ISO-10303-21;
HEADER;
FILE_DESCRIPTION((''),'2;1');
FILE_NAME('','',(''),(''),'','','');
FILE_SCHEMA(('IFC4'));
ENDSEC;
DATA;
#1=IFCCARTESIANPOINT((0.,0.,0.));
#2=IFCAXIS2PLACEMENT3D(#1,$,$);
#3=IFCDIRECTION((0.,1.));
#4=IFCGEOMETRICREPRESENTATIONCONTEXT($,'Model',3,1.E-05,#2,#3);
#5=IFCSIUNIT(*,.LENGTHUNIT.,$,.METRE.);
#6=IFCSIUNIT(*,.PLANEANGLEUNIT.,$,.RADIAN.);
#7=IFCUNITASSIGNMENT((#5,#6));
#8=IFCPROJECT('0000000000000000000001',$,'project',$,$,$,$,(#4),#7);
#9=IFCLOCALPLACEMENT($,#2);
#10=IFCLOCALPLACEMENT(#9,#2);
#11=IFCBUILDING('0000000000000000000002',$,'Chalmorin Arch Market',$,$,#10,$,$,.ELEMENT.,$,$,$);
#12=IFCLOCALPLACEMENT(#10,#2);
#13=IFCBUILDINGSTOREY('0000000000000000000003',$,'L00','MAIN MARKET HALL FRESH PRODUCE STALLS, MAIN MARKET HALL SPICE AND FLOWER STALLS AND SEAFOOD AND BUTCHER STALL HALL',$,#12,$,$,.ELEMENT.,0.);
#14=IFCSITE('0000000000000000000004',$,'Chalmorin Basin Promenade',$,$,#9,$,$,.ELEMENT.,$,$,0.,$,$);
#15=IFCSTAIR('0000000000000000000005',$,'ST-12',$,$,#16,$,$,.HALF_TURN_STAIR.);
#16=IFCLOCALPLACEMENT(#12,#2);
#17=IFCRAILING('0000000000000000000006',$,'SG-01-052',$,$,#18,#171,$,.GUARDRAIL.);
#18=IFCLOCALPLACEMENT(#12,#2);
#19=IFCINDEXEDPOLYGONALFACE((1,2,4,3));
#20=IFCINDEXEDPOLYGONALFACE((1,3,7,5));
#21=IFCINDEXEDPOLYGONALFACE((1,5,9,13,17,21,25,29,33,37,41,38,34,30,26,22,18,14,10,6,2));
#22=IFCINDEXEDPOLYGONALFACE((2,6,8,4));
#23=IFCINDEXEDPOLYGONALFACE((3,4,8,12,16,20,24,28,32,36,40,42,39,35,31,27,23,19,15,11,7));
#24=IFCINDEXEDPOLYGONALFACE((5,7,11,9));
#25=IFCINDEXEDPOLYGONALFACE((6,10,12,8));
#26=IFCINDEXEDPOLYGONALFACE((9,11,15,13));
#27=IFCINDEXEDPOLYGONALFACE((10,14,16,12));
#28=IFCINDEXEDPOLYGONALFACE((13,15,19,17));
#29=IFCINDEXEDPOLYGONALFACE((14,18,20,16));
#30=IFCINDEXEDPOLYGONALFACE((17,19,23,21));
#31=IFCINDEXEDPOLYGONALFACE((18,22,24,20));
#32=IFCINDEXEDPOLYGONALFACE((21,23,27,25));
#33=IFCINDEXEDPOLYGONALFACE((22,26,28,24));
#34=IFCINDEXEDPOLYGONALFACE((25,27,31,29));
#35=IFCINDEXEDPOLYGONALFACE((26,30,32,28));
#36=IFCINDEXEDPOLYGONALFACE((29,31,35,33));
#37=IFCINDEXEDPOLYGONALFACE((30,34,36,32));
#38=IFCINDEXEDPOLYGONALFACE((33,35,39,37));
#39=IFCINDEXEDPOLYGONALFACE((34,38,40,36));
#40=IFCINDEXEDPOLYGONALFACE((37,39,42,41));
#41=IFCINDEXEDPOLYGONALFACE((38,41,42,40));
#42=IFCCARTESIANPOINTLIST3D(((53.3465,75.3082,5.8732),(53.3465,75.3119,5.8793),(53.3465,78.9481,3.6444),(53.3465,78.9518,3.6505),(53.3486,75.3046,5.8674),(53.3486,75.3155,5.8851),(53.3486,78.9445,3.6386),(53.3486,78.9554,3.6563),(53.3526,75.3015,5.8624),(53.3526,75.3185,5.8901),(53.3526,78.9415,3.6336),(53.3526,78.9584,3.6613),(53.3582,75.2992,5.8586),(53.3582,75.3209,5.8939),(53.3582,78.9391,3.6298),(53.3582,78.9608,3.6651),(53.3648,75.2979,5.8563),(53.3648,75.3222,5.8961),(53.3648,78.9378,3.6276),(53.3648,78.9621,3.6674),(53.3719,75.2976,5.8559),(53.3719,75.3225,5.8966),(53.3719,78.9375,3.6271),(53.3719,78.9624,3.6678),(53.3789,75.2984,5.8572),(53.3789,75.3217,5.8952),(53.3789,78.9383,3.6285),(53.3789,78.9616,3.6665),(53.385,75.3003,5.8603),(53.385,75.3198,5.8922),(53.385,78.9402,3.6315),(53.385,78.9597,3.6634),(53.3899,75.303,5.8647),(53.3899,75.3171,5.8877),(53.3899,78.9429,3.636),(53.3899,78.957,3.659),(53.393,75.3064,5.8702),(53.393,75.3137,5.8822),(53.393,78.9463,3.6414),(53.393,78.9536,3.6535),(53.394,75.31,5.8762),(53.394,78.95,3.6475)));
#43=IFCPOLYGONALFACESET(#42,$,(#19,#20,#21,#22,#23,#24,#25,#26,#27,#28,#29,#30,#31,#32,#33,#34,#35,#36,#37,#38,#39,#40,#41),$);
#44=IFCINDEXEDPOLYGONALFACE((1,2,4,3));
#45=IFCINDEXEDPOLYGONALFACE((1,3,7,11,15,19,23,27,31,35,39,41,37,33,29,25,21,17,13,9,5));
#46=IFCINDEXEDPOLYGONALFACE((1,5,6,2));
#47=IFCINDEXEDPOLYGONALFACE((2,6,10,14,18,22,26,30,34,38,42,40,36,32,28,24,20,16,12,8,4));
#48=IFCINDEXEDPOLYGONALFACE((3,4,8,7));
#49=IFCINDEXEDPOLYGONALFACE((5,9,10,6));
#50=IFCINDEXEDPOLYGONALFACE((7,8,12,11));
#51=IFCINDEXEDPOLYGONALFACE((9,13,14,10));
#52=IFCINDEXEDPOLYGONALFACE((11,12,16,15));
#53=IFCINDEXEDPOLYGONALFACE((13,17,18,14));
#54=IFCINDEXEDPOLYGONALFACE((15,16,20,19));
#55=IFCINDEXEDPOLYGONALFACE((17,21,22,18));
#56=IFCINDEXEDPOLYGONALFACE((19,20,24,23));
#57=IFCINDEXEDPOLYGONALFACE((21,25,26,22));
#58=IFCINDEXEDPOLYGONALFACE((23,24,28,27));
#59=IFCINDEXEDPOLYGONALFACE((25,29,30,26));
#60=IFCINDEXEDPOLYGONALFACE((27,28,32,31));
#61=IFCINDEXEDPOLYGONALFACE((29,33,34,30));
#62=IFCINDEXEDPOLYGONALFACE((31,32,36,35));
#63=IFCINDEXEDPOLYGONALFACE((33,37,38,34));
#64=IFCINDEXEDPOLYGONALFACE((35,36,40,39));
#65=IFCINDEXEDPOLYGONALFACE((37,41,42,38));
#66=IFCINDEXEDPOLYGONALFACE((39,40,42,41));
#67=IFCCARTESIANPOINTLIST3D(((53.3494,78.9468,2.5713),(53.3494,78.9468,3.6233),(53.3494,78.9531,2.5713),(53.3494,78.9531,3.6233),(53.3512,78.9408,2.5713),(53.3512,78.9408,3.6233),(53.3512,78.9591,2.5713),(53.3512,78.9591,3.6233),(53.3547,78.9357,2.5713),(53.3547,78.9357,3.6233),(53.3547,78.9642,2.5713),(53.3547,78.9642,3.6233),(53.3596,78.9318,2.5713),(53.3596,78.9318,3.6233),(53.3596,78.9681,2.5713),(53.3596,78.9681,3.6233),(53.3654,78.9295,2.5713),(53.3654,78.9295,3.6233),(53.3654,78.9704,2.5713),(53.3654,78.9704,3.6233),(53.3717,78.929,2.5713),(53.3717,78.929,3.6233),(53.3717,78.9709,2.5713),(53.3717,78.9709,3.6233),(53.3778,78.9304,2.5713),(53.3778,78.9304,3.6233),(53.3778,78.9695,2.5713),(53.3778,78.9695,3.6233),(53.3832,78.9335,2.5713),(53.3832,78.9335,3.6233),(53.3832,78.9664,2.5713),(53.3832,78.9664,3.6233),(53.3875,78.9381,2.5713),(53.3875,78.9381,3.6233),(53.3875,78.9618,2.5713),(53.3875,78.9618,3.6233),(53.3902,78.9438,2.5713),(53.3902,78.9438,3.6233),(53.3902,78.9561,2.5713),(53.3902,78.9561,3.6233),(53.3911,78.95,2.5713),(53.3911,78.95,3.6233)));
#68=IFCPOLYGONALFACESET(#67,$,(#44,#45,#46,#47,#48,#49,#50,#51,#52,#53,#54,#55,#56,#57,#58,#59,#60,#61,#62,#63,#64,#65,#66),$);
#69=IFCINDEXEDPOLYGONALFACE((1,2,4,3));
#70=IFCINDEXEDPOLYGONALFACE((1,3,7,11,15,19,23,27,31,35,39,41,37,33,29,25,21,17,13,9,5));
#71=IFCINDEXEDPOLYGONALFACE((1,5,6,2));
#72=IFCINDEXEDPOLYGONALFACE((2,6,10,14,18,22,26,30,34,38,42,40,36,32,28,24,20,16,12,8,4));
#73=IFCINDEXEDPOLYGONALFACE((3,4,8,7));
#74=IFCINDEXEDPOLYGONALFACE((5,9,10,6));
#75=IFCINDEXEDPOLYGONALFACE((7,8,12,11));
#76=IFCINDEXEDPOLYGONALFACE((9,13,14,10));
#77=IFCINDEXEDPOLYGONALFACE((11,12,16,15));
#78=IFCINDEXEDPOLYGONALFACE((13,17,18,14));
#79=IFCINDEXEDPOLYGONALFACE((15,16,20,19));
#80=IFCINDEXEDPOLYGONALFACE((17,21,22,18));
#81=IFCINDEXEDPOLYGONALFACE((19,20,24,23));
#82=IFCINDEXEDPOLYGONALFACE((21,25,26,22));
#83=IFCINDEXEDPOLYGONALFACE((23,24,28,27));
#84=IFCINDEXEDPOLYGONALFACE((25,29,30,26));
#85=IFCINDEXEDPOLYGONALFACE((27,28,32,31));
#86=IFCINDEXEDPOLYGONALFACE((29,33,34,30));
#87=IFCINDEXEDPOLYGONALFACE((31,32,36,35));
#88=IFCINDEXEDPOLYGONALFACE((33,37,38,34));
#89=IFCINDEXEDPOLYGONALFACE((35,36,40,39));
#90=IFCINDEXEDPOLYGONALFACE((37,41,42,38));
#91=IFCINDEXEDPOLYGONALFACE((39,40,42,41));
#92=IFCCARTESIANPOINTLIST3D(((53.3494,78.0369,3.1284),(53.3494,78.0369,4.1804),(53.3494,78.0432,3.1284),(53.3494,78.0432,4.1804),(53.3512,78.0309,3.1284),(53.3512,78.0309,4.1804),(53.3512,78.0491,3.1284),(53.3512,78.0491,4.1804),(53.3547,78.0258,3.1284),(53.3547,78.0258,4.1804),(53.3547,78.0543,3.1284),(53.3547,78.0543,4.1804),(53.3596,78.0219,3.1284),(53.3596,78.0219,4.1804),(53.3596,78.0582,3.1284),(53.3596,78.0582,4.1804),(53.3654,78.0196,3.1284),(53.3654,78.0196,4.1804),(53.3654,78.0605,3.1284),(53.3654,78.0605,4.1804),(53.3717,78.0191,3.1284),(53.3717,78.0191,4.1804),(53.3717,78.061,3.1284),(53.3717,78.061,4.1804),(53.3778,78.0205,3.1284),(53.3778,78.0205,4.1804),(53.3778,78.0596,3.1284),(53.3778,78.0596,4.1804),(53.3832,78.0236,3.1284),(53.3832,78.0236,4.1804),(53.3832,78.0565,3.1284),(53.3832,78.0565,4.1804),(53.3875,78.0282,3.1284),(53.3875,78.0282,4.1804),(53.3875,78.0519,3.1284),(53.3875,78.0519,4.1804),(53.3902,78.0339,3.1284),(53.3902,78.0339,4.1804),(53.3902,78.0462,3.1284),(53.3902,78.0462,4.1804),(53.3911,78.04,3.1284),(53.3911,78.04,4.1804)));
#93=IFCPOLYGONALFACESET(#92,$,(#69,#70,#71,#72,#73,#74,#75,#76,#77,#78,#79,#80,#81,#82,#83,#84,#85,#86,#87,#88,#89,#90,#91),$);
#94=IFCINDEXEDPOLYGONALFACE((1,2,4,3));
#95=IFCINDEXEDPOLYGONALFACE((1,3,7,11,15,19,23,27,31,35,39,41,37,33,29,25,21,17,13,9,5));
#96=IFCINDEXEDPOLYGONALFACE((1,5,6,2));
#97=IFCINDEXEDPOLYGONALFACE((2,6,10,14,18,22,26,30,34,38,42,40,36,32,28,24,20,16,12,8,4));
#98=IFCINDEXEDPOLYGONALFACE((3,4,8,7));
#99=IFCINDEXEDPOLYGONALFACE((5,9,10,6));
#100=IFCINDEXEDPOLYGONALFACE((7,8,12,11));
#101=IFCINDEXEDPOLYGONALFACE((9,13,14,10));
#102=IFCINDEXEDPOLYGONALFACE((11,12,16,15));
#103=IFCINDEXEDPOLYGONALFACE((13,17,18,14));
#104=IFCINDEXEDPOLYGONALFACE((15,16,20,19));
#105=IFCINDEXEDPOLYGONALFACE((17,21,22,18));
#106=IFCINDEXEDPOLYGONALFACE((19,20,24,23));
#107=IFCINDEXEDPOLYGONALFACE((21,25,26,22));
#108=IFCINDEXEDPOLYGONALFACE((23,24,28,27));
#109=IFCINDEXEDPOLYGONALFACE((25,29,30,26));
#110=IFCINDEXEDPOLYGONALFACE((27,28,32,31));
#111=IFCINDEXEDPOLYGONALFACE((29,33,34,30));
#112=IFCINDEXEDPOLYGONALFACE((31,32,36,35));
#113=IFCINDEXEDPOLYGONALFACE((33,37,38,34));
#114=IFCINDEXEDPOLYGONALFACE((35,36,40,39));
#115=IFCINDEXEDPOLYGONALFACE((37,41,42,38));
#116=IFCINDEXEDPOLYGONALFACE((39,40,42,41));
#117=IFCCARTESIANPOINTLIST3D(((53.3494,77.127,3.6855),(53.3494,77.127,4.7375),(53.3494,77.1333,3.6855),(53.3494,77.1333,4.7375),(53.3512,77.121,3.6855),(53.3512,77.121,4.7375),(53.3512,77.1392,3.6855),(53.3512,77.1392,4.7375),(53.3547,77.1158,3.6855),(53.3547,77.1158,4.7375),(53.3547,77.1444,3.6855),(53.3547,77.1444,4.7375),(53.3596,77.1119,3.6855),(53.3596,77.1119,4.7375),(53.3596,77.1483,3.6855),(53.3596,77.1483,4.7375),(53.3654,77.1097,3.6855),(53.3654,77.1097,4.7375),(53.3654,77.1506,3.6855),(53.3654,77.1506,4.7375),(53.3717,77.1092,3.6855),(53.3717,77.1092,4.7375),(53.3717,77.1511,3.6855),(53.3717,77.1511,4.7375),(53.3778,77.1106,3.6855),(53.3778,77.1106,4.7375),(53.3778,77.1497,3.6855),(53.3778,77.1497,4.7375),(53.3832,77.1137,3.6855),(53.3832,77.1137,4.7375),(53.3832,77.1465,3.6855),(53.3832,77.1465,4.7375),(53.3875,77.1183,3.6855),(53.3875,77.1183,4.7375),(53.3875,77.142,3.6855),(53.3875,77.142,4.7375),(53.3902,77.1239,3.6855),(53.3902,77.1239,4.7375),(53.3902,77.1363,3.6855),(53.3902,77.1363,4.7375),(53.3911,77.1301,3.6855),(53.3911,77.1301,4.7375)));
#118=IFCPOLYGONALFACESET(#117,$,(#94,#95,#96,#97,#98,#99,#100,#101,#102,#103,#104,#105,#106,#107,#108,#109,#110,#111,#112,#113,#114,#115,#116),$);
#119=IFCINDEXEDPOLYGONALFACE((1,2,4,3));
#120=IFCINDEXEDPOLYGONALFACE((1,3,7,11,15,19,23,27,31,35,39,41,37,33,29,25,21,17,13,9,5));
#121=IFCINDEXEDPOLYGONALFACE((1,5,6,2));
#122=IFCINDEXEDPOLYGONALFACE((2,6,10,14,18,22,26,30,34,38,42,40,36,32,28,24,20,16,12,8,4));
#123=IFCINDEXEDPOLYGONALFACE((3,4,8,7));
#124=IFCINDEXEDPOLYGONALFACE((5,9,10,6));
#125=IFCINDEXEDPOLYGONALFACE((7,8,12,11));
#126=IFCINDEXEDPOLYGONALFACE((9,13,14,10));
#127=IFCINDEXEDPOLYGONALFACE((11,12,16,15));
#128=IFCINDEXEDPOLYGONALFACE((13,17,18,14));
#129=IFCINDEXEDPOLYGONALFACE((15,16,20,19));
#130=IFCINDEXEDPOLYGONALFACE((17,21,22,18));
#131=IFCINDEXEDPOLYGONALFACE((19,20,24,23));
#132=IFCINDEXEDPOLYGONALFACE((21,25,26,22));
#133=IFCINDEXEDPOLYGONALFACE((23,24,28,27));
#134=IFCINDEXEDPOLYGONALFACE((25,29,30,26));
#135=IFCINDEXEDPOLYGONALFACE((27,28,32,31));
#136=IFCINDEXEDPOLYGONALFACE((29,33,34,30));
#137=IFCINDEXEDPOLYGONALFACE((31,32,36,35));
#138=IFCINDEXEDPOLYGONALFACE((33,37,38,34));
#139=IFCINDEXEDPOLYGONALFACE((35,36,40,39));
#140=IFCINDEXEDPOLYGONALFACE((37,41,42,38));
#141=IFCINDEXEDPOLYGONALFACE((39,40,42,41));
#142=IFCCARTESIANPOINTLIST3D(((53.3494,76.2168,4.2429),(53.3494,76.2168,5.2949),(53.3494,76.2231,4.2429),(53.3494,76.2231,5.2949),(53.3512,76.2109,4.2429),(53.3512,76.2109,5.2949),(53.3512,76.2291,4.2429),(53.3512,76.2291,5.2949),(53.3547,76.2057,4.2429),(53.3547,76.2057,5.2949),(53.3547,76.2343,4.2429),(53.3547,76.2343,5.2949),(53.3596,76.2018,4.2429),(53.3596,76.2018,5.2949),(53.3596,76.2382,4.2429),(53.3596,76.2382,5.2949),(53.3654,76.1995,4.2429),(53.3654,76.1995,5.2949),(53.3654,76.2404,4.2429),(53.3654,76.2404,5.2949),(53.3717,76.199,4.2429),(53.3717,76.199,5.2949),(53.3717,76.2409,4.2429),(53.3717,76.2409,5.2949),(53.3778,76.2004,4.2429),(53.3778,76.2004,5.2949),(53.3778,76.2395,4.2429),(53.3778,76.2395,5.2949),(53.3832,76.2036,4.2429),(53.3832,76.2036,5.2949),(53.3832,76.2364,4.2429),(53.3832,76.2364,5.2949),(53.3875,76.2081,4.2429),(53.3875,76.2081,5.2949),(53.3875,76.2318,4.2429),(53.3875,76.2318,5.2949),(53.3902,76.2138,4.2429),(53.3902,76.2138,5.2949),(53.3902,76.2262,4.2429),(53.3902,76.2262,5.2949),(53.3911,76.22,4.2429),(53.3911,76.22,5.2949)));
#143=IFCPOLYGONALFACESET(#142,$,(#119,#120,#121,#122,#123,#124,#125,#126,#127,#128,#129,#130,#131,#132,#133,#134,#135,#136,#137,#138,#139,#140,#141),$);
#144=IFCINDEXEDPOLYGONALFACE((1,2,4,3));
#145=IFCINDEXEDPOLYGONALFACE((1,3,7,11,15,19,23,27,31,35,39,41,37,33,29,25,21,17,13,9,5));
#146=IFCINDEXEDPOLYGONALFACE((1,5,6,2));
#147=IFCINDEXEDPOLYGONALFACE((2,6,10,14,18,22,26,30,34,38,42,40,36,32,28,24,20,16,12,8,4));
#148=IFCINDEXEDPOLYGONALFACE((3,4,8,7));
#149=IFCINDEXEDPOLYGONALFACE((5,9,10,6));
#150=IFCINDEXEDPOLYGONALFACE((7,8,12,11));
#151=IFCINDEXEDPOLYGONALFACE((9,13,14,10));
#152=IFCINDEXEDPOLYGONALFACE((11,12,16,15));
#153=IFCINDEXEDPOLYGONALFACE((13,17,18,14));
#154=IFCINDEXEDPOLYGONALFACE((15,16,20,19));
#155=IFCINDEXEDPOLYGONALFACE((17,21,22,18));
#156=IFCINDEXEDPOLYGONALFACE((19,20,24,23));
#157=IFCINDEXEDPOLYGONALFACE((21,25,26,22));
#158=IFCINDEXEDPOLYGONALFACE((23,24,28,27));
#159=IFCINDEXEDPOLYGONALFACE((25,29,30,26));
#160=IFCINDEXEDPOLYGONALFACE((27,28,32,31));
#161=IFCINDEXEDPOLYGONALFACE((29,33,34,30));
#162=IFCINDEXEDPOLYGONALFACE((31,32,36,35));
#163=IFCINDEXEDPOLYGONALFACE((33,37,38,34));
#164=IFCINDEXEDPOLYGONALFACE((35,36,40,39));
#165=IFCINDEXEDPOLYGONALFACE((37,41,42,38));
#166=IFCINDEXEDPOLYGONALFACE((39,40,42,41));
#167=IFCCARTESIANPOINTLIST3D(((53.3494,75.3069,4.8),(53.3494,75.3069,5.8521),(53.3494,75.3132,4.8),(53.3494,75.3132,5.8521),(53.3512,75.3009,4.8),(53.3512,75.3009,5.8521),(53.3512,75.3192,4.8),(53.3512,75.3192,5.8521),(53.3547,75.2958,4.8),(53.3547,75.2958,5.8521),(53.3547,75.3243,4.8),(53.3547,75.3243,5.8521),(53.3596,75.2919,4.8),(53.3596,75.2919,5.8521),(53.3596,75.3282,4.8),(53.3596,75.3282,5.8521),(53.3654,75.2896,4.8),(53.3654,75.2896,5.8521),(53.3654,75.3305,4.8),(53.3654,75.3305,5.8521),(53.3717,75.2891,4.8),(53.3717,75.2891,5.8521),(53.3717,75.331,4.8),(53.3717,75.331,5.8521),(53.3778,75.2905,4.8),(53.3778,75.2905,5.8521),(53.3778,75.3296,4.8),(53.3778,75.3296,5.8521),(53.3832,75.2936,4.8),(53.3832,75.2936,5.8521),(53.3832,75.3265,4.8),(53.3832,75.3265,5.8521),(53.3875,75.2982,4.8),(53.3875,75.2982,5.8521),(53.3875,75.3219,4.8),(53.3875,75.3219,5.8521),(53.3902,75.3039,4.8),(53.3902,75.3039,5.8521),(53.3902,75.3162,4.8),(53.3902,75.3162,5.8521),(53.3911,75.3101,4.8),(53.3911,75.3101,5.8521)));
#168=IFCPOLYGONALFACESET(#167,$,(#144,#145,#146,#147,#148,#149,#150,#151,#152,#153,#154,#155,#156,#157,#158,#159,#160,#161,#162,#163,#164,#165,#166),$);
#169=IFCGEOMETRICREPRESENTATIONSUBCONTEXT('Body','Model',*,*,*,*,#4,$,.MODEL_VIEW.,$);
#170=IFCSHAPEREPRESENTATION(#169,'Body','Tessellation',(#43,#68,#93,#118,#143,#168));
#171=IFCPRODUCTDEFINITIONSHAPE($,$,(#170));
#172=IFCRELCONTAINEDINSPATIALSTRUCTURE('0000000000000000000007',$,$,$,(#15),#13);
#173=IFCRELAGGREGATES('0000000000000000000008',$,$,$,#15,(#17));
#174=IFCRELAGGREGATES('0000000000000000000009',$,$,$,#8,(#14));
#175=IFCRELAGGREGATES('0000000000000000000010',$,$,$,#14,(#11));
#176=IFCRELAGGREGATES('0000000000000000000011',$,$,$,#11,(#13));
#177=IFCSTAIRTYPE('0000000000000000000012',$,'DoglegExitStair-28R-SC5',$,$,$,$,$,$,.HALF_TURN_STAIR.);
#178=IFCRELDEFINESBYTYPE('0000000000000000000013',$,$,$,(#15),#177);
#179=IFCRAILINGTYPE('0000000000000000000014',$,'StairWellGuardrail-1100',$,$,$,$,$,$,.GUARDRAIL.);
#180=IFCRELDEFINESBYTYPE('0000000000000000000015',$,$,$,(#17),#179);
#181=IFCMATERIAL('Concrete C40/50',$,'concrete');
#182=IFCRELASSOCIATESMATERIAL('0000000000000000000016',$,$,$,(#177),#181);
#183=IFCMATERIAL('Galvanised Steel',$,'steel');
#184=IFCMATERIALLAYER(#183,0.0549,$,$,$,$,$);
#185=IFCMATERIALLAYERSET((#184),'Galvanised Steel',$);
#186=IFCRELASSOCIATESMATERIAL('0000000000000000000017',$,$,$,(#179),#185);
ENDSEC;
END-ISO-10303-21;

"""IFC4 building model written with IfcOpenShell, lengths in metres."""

from ifc_helpers import new_model, si_unit, direction, frame, origin, origin_2d, place, context, subcontext, project, spatial, circle, extrude, material, layer, layer_set, type_object, element, aggregate, save


model = new_model("IFC4")

# Units and contexts
model_context = context("Model", 3, precision=1e-05, world=origin(), true_north=direction((0.0, 1.0)))
body_context = subcontext(model_context, "Body", "Model", "MODEL_VIEW")
ifc_project = project(units=[si_unit("LENGTHUNIT", "METRE"), si_unit("PLANEANGLEUNIT", "RADIAN")], contexts=[model_context])

# Site, building, storey
site_placement = place(None, origin())
site = spatial("IfcSite", under=ifc_project, at=site_placement, Name="Chalmorin Basin Promenade", CompositionType="ELEMENT", RefElevation=0.0)
building_placement = place(site_placement, origin())
building = spatial("IfcBuilding", under=site, at=building_placement, Name="Chalmorin Arch Market", CompositionType="ELEMENT")
storey_placement = place(building_placement, origin())
storey = spatial("IfcBuildingStorey", under=building, at=storey_placement, Name="L00", Description="MAIN MARKET HALL FRESH PRODUCE STALLS, MAIN MARKET HALL SPICE AND FLOWER STALLS AND SEAFOOD AND BUTCHER STALL HALL", CompositionType="ELEMENT", Elevation=0.0)

# Shared definitions
ifc_material_1 = material(Name="Concrete C40/50", Category="concrete")

# Shared definitions
ifc_material_2 = material(Name="Galvanised Steel", Category="steel")

# Stair, railing
stair_type = type_object("IfcStairType", Name="DoglegExitStair-28R-SC5", PredefinedType="HALF_TURN_STAIR", material=ifc_material_1)
stair_placement = place(storey_placement, origin())
stair = element("IfcStair", 1, at=stair_placement, inside=storey, type_object=stair_type, Name="ST-12", PredefinedType="HALF_TURN_STAIR")
ifc_layer_1 = layer(ifc_material_2, 0.0549)
ifc_layer_set_1 = layer_set([ifc_layer_1], Name="Galvanised Steel")
railing_type_1 = type_object("IfcRailingType", Name="StairWellGuardrail-1100", PredefinedType="GUARDRAIL", material=ifc_layer_set_1)
railing_1_placement = place(storey_placement, frame((53.3701, 78.95, 2.5713)))
railing_1 = element("IfcRailing", 2, at=railing_1_placement, type_object=railing_type_1, Name="SG-01-052", PredefinedType="GUARDRAIL", context=body_context, shape_type="SweptSolid", body=[
    extrude(circle(Radius=0.0239, at=origin_2d()), frame((0.0, 0.0, 1.0762), z_axis=(0.0, -0.852825, 0.522197), x_axis=(1.0, 0.0, 0.0)), (0.0, 0.0, 1.0), 4.2681),
    extrude(circle(Radius=0.021, at=origin_2d()), origin(), (0.0, 0.0, 1.0), 1.052),
    extrude(circle(Radius=0.021, at=origin_2d()), frame((0.0, -0.9099, 0.5571)), (0.0, 0.0, 1.0), 1.052),
    extrude(circle(Radius=0.021, at=origin_2d()), frame((0.0, -1.8198, 1.1143)), (0.0, 0.0, 1.0), 1.052),
    extrude(circle(Radius=0.021, at=origin_2d()), frame((0.0, -2.73, 1.6716)), (0.0, 0.0, 1.0), 1.052),
    extrude(circle(Radius=0.021, at=origin_2d()), frame((0.0, -3.6399, 2.2288)), (0.0, 0.0, 1.0), 1.052),
])
aggregate(stair, [railing_1])

save(model, "model.ifc")
